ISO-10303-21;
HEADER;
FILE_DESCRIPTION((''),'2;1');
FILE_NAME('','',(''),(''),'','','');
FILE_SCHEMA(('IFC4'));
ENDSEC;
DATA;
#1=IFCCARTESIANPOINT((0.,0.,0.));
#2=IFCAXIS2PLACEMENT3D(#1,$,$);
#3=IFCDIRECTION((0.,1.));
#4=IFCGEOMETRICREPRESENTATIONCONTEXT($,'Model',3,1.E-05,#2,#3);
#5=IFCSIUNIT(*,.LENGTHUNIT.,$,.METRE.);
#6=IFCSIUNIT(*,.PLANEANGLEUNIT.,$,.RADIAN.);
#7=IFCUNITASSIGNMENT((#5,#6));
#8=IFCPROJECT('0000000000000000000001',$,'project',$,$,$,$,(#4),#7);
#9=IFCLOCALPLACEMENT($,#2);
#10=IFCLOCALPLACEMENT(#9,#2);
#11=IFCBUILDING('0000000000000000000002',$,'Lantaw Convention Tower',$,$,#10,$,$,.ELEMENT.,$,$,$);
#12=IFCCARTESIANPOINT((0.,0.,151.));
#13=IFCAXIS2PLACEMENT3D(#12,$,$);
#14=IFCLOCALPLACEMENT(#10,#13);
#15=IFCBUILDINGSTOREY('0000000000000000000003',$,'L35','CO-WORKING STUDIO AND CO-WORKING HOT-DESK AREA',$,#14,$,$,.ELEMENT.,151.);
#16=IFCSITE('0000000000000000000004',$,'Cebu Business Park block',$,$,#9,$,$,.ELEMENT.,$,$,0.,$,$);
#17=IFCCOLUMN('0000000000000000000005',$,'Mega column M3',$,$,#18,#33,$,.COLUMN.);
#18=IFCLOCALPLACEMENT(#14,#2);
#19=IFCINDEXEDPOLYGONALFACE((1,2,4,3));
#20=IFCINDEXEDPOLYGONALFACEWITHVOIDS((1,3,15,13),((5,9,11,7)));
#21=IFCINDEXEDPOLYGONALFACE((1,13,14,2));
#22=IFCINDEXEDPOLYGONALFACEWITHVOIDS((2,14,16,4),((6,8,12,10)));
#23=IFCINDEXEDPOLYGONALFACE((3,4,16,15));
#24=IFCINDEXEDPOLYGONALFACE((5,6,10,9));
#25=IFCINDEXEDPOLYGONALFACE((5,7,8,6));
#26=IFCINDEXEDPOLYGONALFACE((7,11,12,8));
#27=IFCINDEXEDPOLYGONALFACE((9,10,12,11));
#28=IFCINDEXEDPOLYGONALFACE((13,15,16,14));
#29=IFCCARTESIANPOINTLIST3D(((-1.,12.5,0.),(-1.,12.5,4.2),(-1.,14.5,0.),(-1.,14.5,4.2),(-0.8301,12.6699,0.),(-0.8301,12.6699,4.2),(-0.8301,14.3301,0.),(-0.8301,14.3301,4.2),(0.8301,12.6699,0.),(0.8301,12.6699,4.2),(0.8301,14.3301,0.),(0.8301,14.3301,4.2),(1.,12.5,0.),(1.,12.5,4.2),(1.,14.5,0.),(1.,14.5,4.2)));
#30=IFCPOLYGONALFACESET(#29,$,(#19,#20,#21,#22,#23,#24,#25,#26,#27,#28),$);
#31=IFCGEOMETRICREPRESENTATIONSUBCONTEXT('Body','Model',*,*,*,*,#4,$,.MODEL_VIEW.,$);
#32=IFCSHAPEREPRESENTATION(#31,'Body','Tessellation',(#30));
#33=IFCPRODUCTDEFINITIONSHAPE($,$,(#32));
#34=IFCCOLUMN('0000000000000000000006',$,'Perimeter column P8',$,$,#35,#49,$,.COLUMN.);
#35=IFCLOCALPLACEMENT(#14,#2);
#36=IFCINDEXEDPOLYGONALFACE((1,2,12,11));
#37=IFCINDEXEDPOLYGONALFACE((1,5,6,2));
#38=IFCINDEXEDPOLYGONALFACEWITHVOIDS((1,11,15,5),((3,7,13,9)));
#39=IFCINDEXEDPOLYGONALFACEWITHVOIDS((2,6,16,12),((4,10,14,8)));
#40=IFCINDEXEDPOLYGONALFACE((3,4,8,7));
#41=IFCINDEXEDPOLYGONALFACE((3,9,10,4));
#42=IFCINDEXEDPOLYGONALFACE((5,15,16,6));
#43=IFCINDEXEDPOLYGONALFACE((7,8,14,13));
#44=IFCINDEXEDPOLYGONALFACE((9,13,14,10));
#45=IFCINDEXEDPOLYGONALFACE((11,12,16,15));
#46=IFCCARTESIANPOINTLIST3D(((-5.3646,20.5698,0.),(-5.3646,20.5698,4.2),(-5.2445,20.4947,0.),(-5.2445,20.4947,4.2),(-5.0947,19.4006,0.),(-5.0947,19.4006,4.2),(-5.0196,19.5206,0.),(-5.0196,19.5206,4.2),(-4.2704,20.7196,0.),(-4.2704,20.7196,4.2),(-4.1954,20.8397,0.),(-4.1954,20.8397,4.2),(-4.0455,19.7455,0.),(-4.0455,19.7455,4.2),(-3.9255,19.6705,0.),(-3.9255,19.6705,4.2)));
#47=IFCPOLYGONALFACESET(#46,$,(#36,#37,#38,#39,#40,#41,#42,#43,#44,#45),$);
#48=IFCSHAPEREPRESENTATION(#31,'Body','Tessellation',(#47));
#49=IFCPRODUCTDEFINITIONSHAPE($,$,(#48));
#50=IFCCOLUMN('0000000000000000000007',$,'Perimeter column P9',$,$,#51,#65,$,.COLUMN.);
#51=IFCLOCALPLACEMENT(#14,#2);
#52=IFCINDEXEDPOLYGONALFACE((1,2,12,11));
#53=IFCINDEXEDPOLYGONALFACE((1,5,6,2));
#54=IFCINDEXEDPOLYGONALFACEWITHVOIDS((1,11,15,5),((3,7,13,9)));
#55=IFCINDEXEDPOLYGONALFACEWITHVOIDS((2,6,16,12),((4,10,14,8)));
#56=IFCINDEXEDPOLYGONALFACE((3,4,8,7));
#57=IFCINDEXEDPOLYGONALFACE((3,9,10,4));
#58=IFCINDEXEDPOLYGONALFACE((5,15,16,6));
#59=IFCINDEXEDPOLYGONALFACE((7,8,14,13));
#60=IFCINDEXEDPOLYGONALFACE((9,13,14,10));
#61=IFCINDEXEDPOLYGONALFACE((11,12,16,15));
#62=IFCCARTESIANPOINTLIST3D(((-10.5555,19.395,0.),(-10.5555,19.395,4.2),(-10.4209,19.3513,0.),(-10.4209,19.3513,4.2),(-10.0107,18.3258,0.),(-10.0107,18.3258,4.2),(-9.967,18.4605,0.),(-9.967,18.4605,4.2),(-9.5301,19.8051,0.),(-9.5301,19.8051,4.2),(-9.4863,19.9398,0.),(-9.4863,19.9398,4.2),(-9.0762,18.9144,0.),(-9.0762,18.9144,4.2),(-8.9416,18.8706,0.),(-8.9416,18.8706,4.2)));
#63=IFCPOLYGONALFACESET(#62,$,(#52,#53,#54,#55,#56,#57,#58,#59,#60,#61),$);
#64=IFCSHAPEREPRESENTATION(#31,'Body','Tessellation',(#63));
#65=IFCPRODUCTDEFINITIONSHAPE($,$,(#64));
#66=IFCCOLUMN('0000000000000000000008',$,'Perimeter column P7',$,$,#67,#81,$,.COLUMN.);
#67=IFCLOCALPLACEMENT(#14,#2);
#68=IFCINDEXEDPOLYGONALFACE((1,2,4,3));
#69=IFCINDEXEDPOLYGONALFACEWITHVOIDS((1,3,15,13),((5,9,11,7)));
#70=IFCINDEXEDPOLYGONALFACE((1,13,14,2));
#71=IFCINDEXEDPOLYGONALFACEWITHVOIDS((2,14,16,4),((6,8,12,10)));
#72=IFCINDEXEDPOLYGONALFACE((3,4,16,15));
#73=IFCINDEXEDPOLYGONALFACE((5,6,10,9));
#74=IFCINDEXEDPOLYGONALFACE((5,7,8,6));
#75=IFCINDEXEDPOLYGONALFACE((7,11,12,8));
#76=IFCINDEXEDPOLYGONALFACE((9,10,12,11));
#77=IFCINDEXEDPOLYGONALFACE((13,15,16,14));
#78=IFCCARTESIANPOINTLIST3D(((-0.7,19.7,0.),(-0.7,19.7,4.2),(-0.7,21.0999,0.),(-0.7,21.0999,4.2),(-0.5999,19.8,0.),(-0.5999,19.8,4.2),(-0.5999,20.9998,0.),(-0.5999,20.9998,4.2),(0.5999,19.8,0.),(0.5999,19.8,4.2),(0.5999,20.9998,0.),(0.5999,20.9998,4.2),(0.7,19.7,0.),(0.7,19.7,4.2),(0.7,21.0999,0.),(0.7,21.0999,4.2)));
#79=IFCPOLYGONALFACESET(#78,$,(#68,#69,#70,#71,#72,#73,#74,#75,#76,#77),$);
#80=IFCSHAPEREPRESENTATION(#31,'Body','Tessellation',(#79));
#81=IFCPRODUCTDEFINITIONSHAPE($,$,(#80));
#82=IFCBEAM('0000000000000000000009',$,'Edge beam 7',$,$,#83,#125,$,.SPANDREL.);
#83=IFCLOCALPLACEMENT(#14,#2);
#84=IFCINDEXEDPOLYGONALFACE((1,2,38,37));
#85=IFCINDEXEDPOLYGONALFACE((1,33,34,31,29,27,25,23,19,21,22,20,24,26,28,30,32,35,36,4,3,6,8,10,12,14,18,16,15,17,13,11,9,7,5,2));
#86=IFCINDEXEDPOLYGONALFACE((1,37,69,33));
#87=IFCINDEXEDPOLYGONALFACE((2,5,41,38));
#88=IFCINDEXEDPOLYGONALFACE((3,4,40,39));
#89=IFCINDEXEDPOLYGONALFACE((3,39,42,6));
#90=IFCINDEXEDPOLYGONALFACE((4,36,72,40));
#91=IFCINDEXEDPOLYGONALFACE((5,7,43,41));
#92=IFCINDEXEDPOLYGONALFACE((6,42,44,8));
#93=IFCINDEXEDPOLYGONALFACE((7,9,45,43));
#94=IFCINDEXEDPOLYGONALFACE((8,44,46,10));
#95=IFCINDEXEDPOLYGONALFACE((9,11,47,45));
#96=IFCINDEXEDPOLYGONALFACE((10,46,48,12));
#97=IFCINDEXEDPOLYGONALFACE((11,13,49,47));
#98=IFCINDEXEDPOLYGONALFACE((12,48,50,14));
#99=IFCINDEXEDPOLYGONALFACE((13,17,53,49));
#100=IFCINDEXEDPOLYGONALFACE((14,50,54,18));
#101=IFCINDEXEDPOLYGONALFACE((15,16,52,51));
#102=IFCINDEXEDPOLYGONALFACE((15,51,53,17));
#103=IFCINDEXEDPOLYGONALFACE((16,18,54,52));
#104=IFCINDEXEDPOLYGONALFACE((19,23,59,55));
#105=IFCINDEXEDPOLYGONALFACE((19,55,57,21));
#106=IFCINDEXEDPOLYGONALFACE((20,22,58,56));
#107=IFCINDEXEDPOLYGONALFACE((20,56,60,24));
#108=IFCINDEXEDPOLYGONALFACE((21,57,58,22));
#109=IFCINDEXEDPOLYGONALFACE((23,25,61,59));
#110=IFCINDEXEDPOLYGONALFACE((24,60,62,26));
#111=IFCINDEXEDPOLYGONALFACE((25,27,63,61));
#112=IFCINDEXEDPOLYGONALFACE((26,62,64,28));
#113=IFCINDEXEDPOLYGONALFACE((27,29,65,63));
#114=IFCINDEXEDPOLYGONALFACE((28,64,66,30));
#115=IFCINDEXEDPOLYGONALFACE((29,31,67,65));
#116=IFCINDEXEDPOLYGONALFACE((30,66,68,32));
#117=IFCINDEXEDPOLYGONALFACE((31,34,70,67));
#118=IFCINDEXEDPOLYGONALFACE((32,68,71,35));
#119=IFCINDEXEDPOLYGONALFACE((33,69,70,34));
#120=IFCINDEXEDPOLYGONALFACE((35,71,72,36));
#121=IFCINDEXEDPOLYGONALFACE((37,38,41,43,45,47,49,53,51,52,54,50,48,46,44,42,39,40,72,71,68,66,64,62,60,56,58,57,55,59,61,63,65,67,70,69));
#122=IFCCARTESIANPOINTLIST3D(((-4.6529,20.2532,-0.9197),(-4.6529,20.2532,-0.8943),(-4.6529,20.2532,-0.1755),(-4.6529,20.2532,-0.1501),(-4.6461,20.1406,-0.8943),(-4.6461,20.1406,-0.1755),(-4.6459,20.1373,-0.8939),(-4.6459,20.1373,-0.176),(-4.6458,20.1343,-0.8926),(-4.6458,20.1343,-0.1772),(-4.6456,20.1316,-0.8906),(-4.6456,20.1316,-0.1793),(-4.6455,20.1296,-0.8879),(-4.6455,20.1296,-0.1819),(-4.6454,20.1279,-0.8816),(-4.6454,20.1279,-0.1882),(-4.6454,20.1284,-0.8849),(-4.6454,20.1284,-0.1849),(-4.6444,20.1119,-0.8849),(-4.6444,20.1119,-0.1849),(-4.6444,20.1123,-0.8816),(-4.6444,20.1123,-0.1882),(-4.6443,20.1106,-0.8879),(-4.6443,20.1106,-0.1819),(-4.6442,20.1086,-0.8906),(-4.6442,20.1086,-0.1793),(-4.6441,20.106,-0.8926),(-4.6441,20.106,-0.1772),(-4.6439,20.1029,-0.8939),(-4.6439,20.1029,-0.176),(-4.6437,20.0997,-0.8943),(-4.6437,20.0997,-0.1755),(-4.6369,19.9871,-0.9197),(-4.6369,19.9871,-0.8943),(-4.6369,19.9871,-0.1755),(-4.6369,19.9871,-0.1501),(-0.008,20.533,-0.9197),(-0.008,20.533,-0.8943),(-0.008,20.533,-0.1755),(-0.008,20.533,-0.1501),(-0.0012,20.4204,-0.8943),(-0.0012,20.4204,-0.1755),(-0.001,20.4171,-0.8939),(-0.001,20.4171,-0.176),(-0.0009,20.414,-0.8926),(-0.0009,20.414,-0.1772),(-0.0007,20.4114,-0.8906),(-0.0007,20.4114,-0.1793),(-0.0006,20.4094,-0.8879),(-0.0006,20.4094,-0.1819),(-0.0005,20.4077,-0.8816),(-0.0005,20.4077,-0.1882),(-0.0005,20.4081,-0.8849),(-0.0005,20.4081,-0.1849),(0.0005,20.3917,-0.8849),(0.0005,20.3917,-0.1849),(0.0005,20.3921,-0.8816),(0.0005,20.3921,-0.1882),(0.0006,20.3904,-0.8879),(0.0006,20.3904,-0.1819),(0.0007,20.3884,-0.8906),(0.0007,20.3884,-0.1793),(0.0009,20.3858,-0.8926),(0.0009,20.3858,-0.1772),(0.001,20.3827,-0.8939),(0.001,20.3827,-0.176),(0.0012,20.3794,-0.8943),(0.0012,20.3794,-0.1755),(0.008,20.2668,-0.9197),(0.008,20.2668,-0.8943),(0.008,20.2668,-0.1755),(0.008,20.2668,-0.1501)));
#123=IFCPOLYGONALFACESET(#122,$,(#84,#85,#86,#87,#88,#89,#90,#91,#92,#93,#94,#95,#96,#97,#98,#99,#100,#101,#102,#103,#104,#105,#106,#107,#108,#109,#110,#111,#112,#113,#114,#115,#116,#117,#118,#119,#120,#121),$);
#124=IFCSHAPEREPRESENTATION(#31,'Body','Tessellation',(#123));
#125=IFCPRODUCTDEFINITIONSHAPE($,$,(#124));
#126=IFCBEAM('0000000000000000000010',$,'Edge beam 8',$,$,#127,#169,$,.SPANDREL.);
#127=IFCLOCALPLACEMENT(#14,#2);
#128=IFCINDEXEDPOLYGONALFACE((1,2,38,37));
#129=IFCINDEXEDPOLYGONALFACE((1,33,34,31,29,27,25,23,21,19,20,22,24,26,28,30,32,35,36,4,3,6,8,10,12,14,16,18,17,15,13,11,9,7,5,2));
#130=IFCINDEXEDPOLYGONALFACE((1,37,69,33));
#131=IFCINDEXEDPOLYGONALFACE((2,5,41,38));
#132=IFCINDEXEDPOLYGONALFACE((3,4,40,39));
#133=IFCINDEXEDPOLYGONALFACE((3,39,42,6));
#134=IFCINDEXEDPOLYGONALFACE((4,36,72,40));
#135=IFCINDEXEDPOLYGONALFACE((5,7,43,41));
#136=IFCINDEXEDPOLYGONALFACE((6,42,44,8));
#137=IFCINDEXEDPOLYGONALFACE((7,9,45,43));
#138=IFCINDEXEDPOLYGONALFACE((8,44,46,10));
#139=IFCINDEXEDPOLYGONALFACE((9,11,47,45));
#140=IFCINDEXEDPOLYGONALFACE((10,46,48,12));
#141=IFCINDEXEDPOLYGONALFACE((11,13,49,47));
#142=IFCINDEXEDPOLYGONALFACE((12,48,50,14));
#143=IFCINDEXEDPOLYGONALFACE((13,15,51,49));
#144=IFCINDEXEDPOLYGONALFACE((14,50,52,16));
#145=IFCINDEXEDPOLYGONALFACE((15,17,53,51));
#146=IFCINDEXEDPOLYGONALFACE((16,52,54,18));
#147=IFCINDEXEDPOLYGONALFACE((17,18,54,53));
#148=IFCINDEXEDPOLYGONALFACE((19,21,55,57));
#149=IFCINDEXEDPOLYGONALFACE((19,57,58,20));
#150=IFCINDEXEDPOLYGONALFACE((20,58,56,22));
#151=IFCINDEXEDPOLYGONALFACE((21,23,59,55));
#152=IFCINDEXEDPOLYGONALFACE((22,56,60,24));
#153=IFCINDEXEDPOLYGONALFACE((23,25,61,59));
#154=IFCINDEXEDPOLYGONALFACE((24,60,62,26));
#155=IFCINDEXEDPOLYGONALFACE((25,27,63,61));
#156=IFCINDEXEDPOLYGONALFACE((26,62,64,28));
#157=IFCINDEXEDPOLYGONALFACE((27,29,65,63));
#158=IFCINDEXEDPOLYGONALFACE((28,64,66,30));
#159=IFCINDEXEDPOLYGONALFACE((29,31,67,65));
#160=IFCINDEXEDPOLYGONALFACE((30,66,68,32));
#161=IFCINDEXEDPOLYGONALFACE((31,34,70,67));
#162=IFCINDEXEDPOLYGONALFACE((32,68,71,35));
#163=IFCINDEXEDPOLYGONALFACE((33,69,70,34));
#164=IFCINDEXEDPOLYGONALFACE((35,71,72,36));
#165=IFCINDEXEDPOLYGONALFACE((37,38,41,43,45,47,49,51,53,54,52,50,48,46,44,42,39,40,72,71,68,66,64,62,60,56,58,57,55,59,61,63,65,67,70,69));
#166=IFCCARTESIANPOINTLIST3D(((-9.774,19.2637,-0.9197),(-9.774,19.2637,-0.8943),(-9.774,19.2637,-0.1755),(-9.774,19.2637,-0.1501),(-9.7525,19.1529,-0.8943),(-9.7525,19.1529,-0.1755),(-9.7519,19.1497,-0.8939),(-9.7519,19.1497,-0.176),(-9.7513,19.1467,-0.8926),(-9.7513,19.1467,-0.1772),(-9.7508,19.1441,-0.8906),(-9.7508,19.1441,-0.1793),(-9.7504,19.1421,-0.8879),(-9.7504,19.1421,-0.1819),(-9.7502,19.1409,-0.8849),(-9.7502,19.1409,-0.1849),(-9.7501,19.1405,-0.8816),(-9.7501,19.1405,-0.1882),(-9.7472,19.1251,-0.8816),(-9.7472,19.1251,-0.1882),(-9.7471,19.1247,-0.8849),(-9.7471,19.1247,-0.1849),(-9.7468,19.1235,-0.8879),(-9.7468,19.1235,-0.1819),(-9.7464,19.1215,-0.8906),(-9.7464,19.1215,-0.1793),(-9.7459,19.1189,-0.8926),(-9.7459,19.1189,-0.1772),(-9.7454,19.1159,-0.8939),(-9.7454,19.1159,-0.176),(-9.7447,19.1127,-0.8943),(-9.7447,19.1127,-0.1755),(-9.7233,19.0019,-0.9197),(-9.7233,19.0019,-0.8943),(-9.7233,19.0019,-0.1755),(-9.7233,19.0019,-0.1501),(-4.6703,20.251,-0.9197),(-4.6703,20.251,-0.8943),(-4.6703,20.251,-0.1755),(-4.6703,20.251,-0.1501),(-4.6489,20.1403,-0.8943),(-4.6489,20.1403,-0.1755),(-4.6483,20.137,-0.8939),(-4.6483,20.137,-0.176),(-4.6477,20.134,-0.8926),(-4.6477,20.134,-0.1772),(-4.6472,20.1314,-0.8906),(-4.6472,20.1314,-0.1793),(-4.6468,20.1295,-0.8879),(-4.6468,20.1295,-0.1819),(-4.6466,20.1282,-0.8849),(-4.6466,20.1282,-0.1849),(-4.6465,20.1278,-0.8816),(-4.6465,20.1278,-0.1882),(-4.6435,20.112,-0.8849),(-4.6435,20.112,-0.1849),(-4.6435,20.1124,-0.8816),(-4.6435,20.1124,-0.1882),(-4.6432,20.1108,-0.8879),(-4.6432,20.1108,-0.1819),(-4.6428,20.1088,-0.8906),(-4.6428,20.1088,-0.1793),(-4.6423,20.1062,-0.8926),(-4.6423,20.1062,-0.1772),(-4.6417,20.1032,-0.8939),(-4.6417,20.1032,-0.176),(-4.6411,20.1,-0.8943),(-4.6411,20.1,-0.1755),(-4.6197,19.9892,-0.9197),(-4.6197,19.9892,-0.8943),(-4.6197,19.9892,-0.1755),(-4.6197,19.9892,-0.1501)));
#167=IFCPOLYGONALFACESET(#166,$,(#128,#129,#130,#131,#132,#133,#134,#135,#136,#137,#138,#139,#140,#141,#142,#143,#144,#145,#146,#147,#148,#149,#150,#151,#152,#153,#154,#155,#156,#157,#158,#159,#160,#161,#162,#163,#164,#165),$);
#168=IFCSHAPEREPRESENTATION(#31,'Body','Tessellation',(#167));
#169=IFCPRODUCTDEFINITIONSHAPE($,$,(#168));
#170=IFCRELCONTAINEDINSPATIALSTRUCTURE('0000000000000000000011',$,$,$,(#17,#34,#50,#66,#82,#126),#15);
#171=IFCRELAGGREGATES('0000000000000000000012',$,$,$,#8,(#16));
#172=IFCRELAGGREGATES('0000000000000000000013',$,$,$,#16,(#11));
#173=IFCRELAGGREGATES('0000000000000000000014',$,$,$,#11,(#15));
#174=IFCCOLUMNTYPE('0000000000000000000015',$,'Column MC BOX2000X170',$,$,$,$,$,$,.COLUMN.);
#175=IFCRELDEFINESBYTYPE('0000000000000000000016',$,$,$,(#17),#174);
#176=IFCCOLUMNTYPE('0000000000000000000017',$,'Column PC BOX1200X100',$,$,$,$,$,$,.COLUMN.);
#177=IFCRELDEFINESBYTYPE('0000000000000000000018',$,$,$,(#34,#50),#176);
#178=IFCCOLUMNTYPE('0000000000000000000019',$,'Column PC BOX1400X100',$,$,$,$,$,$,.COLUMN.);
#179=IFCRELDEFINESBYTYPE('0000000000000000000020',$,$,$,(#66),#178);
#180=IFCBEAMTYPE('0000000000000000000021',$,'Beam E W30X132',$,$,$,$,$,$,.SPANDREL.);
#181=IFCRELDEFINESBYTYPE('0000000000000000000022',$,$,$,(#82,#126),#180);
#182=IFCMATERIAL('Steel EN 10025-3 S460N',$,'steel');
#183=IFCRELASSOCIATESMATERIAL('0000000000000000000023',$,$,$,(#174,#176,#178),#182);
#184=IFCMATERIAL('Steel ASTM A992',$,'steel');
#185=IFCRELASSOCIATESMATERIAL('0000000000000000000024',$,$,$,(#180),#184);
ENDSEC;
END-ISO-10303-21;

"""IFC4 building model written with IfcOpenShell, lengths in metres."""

from ifc_helpers import new_model, si_unit, direction, frame, origin, origin_2d, place, context, subcontext, project, spatial, rectangle, hollow_rectangle, i_section, extrude, material, material_profile, profile_set, type_object, element, save


model = new_model("IFC4")

# Units and contexts
model_context = context("Model", 3, precision=1e-05, world=origin(), true_north=direction((0.0, 1.0)))
body_context = subcontext(model_context, "Body", "Model", "MODEL_VIEW")
ifc_project = project(units=[si_unit("LENGTHUNIT", "METRE"), si_unit("PLANEANGLEUNIT", "RADIAN")], contexts=[model_context])

# Site, building, storey
site_placement = place(None, origin())
site = spatial("IfcSite", under=ifc_project, at=site_placement, Name="Cebu Business Park block", CompositionType="ELEMENT", RefElevation=0.0)
building_placement = place(site_placement, origin())
building = spatial("IfcBuilding", under=site, at=building_placement, Name="Lantaw Convention Tower", CompositionType="ELEMENT")
storey_placement = place(building_placement, frame((0.0, 0.0, 151.0)))
storey = spatial("IfcBuildingStorey", under=building, at=storey_placement, Name="L35", Description="CO-WORKING STUDIO AND CO-WORKING HOT-DESK AREA", CompositionType="ELEMENT", Elevation=151.0)

# Columns
ifc_material_1 = material(Name="Steel EN 10025-3 S460N", Category="steel")
ifc_material_profile_1 = material_profile(ifc_material_1, hollow_rectangle(XDim=2.0, YDim=2.0, WallThickness=0.1699, at=origin_2d()), Name="BOX2000X170")
ifc_material_2 = material(Name="Concrete C60/75", Category="concrete")
ifc_material_profile_2 = material_profile(ifc_material_2, rectangle(XDim=1.6599, YDim=1.6599, at=origin_2d()), Name="Concrete fill of BOX2000X170")
ifc_profile_set_1 = profile_set([ifc_material_profile_1, ifc_material_profile_2], Name="Steel EN 10025-3 S460N")
column_type_1 = type_object("IfcColumnType", Name="Column MC BOX2000X170", PredefinedType="COLUMN", material=ifc_profile_set_1)
column_1_placement = place(storey_placement, frame((0.0, 13.5, 0.0), z_axis=(0.0, 0.0, 1.0), x_axis=(1.0, 0.0, 0.0)))
element("IfcColumn", 1, at=column_1_placement, inside=storey, type_object=column_type_1, Name="Mega column M3", PredefinedType="COLUMN", context=body_context, shape_type="SweptSolid", body=[
    extrude(hollow_rectangle(XDim=2.0, YDim=2.0, WallThickness=0.1699, at=origin_2d()), origin(), (0.0, 0.0, 1.0), 4.2),
])
ifc_material_profile_3 = material_profile(ifc_material_1, hollow_rectangle(XDim=1.2, YDim=1.2, WallThickness=0.1001, at=origin_2d()), Name="BOX1200X100")
ifc_material_profile_4 = material_profile(ifc_material_2, rectangle(XDim=1.0, YDim=1.0, at=origin_2d()), Name="Concrete fill of BOX1200X100")
ifc_profile_set_2 = profile_set([ifc_material_profile_3, ifc_material_profile_4], Name="Steel EN 10025-3 S460N")
column_type_2 = type_object("IfcColumnType", Name="Column PC BOX1200X100", PredefinedType="COLUMN", material=ifc_profile_set_2)
for number, where, z_axis, x_axis, name in (
    (2, (-4.645, 20.1201, 0.0), (0.0, 0.0, 1.0), (0.97437, 0.224951, 0.0), "Perimeter column P8"),
    (3, (-9.7485, 19.1328, 0.0), (0.0, 0.0, 1.0), (0.891007, 0.45399, 0.0), "Perimeter column P9"),
):
    element("IfcColumn", number, at=place(storey_placement, frame(where, z_axis=z_axis, x_axis=x_axis)), inside=storey, type_object=column_type_2, Name=name, PredefinedType="COLUMN", context=body_context, shape_type="SweptSolid", body=[
        extrude(hollow_rectangle(XDim=1.2, YDim=1.2, WallThickness=0.1001, at=origin_2d()), origin(), (0.0, 0.0, 1.0), 4.2),
    ])
ifc_material_profile_5 = material_profile(ifc_material_1, hollow_rectangle(XDim=1.3999, YDim=1.3999, WallThickness=0.1001, at=origin_2d()), Name="BOX1400X100")
ifc_material_profile_6 = material_profile(ifc_material_2, rectangle(XDim=1.2, YDim=1.2, at=origin_2d()), Name="Concrete fill of BOX1400X100")
ifc_profile_set_3 = profile_set([ifc_material_profile_5, ifc_material_profile_6], Name="Steel EN 10025-3 S460N")
column_type_3 = type_object("IfcColumnType", Name="Column PC BOX1400X100", PredefinedType="COLUMN", material=ifc_profile_set_3)
column_2_placement = place(storey_placement, frame((0.0, 20.3999, 0.0), z_axis=(0.0, 0.0, 1.0), x_axis=(1.0, 0.0, 0.0)))
element("IfcColumn", 4, at=column_2_placement, inside=storey, type_object=column_type_3, Name="Perimeter column P7", PredefinedType="COLUMN", context=body_context, shape_type="SweptSolid", body=[
    extrude(hollow_rectangle(XDim=1.3999, YDim=1.3999, WallThickness=0.1001, at=origin_2d()), origin(), (0.0, 0.0, 1.0), 4.2),
])

# Beams
ifc_material_3 = material(Name="Steel ASTM A992", Category="steel")
ifc_material_profile_7 = material_profile(ifc_material_3, i_section(OverallWidth=0.2666, OverallDepth=0.7695, WebThickness=0.0156, FlangeThickness=0.0254, FilletRadius=0.0127, at=origin_2d()), Name="W30X132")
ifc_profile_set_4 = profile_set([ifc_material_profile_7], Name="Steel ASTM A992")
beam_type_1 = type_object("IfcBeamType", Name="Beam E W30X132", PredefinedType="SPANDREL", material=ifc_profile_set_4)
beam_1_placement = place(storey_placement, frame((0.0, 20.3999, -0.5349), z_axis=(-0.998191, -0.060124, 0.0), x_axis=(0.060124, -0.998191, 0.0)))
element("IfcBeam", 5, at=beam_1_placement, inside=storey, type_object=beam_type_1, Name="Edge beam 7", PredefinedType="SPANDREL", context=body_context, shape_type="SweptSolid", body=[
    extrude(i_section(OverallWidth=0.2666, OverallDepth=0.7695, WebThickness=0.0156, FlangeThickness=0.0254, FilletRadius=0.0127, at=origin_2d()), origin(), (0.0, 0.0, 1.0), 4.6533),
])
beam_2_placement = place(storey_placement, frame((-4.645, 20.1201, -0.5349), z_axis=(-0.981797, -0.189934, 0.0), x_axis=(0.189934, -0.981797, 0.0)))
element("IfcBeam", 6, at=beam_2_placement, inside=storey, type_object=beam_type_1, Name="Edge beam 8", PredefinedType="SPANDREL", context=body_context, shape_type="SweptSolid", body=[
    extrude(i_section(OverallWidth=0.2666, OverallDepth=0.7695, WebThickness=0.0156, FlangeThickness=0.0254, FilletRadius=0.0127, at=origin_2d()), origin(), (0.0, 0.0, 1.0), 5.1982),
])

save(model, "model.ifc")
